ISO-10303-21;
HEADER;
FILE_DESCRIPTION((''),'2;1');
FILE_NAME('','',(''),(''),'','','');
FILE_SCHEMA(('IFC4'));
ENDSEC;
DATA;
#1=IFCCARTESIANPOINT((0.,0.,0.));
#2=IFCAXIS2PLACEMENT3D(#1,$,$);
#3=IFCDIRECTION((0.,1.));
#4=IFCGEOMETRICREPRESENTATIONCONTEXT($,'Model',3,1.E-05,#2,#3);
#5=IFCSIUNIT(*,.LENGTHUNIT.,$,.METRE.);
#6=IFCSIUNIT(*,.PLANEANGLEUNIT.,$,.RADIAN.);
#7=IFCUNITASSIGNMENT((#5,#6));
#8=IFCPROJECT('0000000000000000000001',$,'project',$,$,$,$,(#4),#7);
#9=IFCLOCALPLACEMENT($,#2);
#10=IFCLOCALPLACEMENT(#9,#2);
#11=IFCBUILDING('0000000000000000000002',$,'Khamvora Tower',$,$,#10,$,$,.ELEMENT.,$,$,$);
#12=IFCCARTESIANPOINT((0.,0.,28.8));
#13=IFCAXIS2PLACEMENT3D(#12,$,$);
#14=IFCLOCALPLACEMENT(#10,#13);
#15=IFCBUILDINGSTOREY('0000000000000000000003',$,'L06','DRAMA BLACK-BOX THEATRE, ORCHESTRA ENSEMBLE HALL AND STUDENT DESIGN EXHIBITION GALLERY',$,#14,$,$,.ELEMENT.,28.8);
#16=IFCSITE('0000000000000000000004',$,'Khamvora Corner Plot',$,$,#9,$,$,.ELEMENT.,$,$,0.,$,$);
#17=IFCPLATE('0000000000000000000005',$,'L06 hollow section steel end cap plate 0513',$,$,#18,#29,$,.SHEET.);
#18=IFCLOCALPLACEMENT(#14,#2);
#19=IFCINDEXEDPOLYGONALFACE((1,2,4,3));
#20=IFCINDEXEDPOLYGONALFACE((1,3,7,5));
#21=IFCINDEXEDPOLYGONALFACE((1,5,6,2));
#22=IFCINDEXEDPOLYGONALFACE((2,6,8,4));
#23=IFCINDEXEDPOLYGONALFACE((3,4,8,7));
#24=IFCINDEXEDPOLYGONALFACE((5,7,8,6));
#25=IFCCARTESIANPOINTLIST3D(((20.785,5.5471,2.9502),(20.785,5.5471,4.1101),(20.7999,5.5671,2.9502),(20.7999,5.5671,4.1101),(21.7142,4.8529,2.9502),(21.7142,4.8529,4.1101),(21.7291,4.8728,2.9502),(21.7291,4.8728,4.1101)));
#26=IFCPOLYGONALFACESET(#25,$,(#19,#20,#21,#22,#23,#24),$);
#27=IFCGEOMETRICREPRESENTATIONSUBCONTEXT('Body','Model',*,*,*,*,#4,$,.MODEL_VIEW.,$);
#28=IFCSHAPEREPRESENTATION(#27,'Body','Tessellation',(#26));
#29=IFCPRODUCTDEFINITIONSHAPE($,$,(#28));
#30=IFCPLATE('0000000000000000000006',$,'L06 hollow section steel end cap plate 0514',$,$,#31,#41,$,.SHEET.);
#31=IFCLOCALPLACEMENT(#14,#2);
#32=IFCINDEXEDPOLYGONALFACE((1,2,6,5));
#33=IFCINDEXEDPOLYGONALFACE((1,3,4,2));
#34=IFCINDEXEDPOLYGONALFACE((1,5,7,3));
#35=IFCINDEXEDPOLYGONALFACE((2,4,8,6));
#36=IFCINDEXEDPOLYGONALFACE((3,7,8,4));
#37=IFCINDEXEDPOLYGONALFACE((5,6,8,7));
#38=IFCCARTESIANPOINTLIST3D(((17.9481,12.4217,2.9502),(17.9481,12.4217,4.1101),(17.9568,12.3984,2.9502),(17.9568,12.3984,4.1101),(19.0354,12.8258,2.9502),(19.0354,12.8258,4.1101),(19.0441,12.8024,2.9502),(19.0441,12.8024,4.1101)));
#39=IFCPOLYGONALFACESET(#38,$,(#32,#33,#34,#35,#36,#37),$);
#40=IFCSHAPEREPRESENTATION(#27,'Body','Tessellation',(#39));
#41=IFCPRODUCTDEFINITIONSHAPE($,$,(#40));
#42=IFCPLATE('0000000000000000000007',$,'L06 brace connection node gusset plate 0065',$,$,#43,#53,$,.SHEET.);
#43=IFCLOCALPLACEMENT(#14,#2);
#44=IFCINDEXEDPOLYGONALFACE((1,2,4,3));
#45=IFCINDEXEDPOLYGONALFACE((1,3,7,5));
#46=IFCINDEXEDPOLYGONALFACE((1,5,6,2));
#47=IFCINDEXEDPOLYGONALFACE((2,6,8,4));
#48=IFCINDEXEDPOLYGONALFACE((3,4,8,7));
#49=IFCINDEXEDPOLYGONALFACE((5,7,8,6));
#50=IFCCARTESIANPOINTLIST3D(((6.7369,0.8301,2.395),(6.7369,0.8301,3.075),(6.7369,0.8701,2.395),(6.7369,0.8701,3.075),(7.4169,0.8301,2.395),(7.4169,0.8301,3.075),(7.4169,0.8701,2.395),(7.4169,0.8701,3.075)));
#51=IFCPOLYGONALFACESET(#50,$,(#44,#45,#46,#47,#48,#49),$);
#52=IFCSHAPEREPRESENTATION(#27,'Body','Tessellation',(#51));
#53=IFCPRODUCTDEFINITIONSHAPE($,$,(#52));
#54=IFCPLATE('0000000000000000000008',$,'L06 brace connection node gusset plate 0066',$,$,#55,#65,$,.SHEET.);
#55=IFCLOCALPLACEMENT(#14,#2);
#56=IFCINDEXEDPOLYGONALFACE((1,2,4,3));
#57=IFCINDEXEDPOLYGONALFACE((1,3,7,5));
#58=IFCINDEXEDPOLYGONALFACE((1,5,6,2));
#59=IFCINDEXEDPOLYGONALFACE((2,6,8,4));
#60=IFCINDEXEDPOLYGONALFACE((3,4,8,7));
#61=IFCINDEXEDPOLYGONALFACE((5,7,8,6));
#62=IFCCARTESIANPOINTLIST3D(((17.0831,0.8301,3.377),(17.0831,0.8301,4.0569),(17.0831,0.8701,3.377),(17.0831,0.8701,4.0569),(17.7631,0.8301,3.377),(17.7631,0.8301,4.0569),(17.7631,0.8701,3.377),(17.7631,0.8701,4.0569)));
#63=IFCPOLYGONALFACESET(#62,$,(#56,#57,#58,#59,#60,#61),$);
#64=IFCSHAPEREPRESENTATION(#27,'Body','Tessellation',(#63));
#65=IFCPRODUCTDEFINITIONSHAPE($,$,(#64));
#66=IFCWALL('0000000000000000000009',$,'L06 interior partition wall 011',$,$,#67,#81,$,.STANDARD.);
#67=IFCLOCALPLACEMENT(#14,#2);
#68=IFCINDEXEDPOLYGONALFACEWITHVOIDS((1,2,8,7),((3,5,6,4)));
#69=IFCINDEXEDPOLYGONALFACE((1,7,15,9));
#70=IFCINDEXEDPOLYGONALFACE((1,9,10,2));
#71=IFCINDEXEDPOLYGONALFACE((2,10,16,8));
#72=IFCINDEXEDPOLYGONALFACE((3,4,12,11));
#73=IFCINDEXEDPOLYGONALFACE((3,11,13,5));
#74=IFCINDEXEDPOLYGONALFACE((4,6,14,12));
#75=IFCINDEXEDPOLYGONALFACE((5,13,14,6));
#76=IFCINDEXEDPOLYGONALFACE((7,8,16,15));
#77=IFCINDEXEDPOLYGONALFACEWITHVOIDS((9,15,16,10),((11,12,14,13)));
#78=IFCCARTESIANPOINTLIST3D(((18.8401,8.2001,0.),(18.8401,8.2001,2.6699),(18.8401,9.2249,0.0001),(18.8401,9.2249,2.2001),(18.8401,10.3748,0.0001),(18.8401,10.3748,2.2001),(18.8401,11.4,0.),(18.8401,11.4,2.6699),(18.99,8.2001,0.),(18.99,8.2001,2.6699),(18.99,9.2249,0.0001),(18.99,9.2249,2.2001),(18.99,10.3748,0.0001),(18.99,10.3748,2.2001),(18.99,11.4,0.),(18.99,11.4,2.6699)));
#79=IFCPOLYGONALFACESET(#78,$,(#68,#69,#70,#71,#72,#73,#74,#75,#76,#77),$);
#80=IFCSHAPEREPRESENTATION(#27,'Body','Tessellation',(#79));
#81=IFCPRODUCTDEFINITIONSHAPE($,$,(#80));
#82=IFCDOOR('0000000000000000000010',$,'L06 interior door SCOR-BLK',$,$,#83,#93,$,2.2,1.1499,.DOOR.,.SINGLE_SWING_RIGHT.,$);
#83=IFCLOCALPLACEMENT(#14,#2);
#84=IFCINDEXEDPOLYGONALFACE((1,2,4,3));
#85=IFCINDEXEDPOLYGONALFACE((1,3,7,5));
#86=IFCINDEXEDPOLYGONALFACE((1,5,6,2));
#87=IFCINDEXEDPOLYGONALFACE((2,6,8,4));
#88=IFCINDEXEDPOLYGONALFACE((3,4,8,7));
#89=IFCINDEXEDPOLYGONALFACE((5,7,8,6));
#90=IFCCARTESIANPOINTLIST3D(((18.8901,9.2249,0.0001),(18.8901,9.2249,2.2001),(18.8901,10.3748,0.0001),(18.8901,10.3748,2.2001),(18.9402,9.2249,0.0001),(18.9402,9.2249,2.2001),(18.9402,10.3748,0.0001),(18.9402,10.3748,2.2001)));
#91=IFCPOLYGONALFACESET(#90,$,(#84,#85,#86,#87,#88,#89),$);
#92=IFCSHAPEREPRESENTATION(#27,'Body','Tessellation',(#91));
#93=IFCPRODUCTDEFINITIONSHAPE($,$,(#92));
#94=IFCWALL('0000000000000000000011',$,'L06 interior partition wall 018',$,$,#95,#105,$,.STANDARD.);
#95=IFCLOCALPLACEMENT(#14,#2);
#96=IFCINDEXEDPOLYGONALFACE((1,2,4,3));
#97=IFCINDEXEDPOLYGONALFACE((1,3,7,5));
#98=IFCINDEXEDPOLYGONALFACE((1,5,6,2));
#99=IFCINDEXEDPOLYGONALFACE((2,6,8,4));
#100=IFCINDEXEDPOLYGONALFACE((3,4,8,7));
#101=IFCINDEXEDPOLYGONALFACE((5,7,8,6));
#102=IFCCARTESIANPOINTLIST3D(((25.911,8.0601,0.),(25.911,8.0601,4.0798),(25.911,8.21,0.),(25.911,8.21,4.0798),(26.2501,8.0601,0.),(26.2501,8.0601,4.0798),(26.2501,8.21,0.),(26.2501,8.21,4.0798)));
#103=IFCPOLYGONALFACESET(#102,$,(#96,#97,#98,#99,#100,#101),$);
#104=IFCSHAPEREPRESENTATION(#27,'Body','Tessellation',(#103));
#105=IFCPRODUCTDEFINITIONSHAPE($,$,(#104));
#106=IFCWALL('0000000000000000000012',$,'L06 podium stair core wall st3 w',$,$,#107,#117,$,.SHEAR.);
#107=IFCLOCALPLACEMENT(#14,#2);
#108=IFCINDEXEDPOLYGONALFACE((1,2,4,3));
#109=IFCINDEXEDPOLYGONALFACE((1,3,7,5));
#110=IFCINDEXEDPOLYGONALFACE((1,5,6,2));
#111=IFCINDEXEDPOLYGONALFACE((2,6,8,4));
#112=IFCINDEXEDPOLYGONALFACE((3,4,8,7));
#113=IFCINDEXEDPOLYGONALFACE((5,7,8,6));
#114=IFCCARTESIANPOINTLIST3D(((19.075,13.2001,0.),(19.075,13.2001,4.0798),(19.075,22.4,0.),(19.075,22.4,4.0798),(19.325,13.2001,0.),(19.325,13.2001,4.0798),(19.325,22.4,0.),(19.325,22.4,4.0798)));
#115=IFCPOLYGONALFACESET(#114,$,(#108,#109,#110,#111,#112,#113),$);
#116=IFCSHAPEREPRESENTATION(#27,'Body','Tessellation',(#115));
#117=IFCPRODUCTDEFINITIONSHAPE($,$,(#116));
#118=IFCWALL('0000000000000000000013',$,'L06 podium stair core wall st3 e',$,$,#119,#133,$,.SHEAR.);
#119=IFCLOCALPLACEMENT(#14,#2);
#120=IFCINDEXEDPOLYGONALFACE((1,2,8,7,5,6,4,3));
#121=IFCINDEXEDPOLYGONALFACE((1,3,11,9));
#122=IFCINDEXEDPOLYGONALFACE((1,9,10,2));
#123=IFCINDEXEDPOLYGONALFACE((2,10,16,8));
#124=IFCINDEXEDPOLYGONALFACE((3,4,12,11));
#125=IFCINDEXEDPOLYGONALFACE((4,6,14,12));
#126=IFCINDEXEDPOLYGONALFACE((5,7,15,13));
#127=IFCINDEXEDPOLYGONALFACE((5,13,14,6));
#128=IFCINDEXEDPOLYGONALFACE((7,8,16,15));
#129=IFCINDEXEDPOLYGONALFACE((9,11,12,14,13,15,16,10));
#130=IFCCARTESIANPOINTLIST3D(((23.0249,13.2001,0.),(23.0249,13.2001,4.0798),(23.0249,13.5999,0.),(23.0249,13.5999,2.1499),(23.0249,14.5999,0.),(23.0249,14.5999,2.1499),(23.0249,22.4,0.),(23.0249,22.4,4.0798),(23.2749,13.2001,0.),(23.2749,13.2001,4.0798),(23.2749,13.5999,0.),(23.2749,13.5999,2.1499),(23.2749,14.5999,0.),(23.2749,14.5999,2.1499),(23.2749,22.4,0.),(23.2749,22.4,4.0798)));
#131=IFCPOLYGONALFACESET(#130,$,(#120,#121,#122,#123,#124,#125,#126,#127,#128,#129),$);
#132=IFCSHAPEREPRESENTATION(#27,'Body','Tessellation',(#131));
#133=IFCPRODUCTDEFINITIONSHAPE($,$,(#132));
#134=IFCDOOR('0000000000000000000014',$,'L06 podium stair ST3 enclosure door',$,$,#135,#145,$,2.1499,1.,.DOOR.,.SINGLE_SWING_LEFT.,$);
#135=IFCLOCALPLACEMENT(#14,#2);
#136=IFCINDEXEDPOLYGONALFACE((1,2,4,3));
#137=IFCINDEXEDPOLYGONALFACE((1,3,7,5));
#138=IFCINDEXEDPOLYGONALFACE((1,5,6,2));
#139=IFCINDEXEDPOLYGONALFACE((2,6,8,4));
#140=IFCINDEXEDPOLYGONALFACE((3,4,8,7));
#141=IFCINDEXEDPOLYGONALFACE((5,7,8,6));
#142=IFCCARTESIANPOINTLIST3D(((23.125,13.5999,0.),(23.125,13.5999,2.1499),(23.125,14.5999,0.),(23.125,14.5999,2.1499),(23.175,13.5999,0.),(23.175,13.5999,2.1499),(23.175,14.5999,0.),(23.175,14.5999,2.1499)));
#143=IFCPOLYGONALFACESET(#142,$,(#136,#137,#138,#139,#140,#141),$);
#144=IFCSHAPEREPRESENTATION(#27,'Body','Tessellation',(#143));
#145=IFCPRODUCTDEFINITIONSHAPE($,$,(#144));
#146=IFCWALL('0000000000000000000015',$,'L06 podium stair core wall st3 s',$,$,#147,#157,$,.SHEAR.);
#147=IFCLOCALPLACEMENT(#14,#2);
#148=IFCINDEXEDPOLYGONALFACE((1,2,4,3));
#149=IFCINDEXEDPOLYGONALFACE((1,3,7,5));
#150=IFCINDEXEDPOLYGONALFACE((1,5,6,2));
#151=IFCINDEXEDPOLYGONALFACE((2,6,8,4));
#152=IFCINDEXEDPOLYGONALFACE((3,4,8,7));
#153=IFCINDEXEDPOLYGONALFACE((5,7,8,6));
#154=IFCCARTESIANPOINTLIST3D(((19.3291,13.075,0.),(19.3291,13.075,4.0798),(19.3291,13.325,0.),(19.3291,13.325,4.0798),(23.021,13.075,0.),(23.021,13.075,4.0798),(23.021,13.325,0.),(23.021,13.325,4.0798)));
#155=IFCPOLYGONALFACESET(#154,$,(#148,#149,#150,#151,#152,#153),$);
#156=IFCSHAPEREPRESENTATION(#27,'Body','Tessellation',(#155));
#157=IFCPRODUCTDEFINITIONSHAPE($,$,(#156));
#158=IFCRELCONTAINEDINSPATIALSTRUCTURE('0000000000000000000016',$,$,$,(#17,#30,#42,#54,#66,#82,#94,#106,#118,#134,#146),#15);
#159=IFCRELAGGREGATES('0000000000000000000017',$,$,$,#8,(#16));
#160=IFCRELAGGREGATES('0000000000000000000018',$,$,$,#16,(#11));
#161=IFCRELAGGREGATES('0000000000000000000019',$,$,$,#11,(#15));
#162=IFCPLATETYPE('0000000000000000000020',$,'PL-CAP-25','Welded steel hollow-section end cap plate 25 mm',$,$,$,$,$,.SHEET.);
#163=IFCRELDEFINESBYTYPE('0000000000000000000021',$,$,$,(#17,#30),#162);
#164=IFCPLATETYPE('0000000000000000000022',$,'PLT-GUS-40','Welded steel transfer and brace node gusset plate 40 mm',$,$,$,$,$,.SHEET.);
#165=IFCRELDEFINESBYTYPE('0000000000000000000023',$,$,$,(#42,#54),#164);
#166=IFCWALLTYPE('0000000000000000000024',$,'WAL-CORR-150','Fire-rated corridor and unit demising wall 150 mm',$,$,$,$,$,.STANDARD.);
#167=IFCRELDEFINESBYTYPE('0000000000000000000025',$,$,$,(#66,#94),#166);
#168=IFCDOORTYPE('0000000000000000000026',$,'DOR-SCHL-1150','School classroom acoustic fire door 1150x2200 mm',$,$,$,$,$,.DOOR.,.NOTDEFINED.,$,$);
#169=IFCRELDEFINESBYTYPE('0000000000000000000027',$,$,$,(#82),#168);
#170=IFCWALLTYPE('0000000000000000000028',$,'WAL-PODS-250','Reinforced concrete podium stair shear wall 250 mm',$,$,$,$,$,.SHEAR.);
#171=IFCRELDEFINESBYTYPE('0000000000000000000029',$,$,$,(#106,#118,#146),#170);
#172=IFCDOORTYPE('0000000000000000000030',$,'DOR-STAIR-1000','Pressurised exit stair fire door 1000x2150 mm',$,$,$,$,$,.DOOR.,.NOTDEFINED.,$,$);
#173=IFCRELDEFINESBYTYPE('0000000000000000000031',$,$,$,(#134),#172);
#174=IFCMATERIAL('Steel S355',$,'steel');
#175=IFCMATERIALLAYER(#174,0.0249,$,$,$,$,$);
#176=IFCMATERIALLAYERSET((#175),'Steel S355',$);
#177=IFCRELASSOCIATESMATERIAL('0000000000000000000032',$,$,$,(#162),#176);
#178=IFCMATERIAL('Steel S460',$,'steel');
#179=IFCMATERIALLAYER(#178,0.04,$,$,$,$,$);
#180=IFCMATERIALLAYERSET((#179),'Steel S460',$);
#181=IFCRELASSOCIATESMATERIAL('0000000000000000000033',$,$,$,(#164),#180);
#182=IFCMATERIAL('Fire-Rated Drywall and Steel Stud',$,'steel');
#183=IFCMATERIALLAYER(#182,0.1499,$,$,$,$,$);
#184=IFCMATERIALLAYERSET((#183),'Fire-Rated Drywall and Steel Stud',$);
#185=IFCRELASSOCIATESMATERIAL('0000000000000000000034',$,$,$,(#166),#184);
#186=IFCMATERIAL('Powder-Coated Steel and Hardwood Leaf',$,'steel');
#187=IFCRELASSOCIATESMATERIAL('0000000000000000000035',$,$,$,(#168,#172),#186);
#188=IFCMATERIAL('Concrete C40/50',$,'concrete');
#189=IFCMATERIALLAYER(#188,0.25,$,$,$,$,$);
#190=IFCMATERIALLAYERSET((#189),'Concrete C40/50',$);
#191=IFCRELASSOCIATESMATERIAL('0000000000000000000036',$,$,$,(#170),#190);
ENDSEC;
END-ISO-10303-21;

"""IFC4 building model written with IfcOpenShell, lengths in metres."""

from ifc_helpers import new_model, si_unit, direction, frame, frame_2d, origin, origin_2d, place, context, subcontext, project, spatial, rectangle, extrude, material, layer, layer_set, type_object, element, fill, save


model = new_model("IFC4")

# Units and contexts
model_context = context("Model", 3, precision=1e-05, world=origin(), true_north=direction((0.0, 1.0)))
body_context = subcontext(model_context, "Body", "Model", "MODEL_VIEW")
ifc_project = project(units=[si_unit("LENGTHUNIT", "METRE"), si_unit("PLANEANGLEUNIT", "RADIAN")], contexts=[model_context])

# Site, building, storey
site_placement = place(None, origin())
site = spatial("IfcSite", under=ifc_project, at=site_placement, Name="Khamvora Corner Plot", CompositionType="ELEMENT", RefElevation=0.0)
building_placement = place(site_placement, origin())
building = spatial("IfcBuilding", under=site, at=building_placement, Name="Khamvora Tower", CompositionType="ELEMENT")
storey_placement = place(building_placement, frame((0.0, 0.0, 28.8)))
storey = spatial("IfcBuildingStorey", under=building, at=storey_placement, Name="L06", Description="DRAMA BLACK-BOX THEATRE, ORCHESTRA ENSEMBLE HALL AND STUDENT DESIGN EXHIBITION GALLERY", CompositionType="ELEMENT", Elevation=28.8)

# Shared definitions
ifc_material_1 = material(Name="Steel S460", Category="steel")

# Plates
ifc_material_2 = material(Name="Steel S355", Category="steel")
ifc_layer_1 = layer(ifc_material_2, 0.0249)
ifc_layer_set_1 = layer_set([ifc_layer_1], Name="Steel S355")
plate_type_1 = type_object("IfcPlateType", Name="PL-CAP-25", Description="Welded steel hollow-section end cap plate 25 mm", PredefinedType="SHEET", material=ifc_layer_set_1)
for number, where, z_axis, x_axis, name in (
    (1, (21.2571, 5.21, 2.9502), (0.0, 0.0, 1.0), (0.59852, 0.801108, 0.0), "L06 hollow section steel end cap plate 0513"),
    (2, (18.4961, 12.6121, 2.9502), (0.0, 0.0, 1.0), (0.348343, -0.937367, 0.0), "L06 hollow section steel end cap plate 0514"),
):
    element("IfcPlate", number, at=place(storey_placement, frame(where, z_axis=z_axis, x_axis=x_axis)), inside=storey, type_object=plate_type_1, Name=name, PredefinedType="SHEET", context=body_context, shape_type="SweptSolid", body=[
        extrude(rectangle(XDim=0.0249, YDim=1.1599, at=origin_2d()), origin(), (0.0, 0.0, 1.0), 1.1599),
    ])
ifc_layer_2 = layer(ifc_material_1, 0.04)
ifc_layer_set_2 = layer_set([ifc_layer_2], Name="Steel S460")
plate_type_2 = type_object("IfcPlateType", Name="PLT-GUS-40", Description="Welded steel transfer and brace node gusset plate 40 mm", PredefinedType="SHEET", material=ifc_layer_set_2)
for number, where, z_axis, x_axis, name in (
    (3, (7.0769, 0.8501, 2.395), (0.0, 0.0, 1.0), (1.0, 0.0, 0.0), "L06 brace connection node gusset plate 0065"),
    (4, (17.4231, 0.8501, 3.377), (0.0, 0.0, 1.0), (1.0, 0.0, 0.0), "L06 brace connection node gusset plate 0066"),
):
    element("IfcPlate", number, at=place(storey_placement, frame(where, z_axis=z_axis, x_axis=x_axis)), inside=storey, type_object=plate_type_2, Name=name, PredefinedType="SHEET", context=body_context, shape_type="SweptSolid", body=[
        extrude(rectangle(XDim=0.6799, YDim=0.04, at=origin_2d()), origin(), (0.0, 0.0, 1.0), 0.6799),
    ])

# Wall, opening, door
ifc_material_3 = material(Name="Fire-Rated Drywall and Steel Stud", Category="steel")
ifc_layer_3 = layer(ifc_material_3, 0.1499)
ifc_layer_set_3 = layer_set([ifc_layer_3], Name="Fire-Rated Drywall and Steel Stud")
wall_type_1 = type_object("IfcWallType", Name="WAL-CORR-150", Description="Fire-rated corridor and unit demising wall 150 mm", PredefinedType="STANDARD", material=ifc_layer_set_3)
wall_1_placement = place(storey_placement, frame((18.915, 8.2, 0.0), z_axis=(0.0, 0.0, 1.0), x_axis=(0.0, 1.0, 0.0)))
wall_1 = element("IfcWall", 5, at=wall_1_placement, inside=storey, type_object=wall_type_1, Name="L06 interior partition wall 011", PredefinedType="STANDARD", context=body_context, shape_type="SweptSolid", body=[
    extrude(rectangle(XDim=3.2, YDim=0.1499, at=frame_2d((1.6001, 0.0))), origin(), (0.0, 0.0, 1.0), 2.6699),
])
opening_1_placement = place(wall_1_placement, frame((1.0249, 0.0, 0.0)))
opening_1 = element("IfcOpeningElement", 6, at=opening_1_placement, cuts=wall_1, PredefinedType="OPENING", context=body_context, shape_type="SweptSolid", body=[
    extrude(rectangle(XDim=1.1499, YDim=2.2, at=frame_2d((0.575, 1.1001))), frame((0.0, 0.085, 0.0), z_axis=(0.0, -1.0, 0.0), x_axis=(1.0, 0.0, 0.0)), (0.0, 0.0, 1.0), 0.1699),
])
ifc_material_4 = material(Name="Powder-Coated Steel and Hardwood Leaf", Category="steel")
door_type_1 = type_object("IfcDoorType", Name="DOR-SCHL-1150", Description="School classroom acoustic fire door 1150x2200 mm", OperationType="NOTDEFINED", PredefinedType="DOOR", material=ifc_material_4)
door_1_placement = place(opening_1_placement, origin())
door_1 = element("IfcDoor", 7, at=door_1_placement, inside=storey, type_object=door_type_1, Name="L06 interior door SCOR-BLK", OperationType="SINGLE_SWING_RIGHT", OverallHeight=2.2, OverallWidth=1.1499, PredefinedType="DOOR", context=body_context, shape_type="SweptSolid", body=[
    extrude(rectangle(XDim=1.1499, YDim=2.2, at=frame_2d((0.575, 1.1001))), frame((0.0, 0.0249, 0.0), z_axis=(0.0, -1.0, 0.0), x_axis=(1.0, 0.0, 0.0)), (0.0, 0.0, 1.0), 0.05),
])
fill(opening_1, door_1)

# Walls
wall_2_placement = place(storey_placement, frame((26.25, 8.135, 0.0), z_axis=(0.0, 0.0, 1.0), x_axis=(-1.0, 0.0, 0.0)))
element("IfcWall", 8, at=wall_2_placement, inside=storey, type_object=wall_type_1, Name="L06 interior partition wall 018", PredefinedType="STANDARD", context=body_context, shape_type="SweptSolid", body=[
    extrude(rectangle(XDim=0.3391, YDim=0.1499, at=frame_2d((0.1694, 0.0))), origin(), (0.0, 0.0, 1.0), 4.0798),
])
ifc_material_5 = material(Name="Concrete C40/50", Category="concrete")
ifc_layer_4 = layer(ifc_material_5, 0.25)
ifc_layer_set_4 = layer_set([ifc_layer_4], Name="Concrete C40/50")
wall_type_2 = type_object("IfcWallType", Name="WAL-PODS-250", Description="Reinforced concrete podium stair shear wall 250 mm", PredefinedType="SHEAR", material=ifc_layer_set_4)
wall_3_placement = place(storey_placement, frame((19.2, 13.2, 0.0), z_axis=(0.0, 0.0, 1.0), x_axis=(0.0, 1.0, 0.0)))
element("IfcWall", 9, at=wall_3_placement, inside=storey, type_object=wall_type_2, Name="L06 podium stair core wall st3 w", PredefinedType="SHEAR", context=body_context, shape_type="SweptSolid", body=[
    extrude(rectangle(XDim=9.2, YDim=0.25, at=frame_2d((4.6001, 0.0))), origin(), (0.0, 0.0, 1.0), 4.0798),
])

# Wall, opening, door
wall_4_placement = place(storey_placement, frame((23.1499, 13.2, 0.0), z_axis=(0.0, 0.0, 1.0), x_axis=(0.0, 1.0, 0.0)))
wall_4 = element("IfcWall", 10, at=wall_4_placement, inside=storey, type_object=wall_type_2, Name="L06 podium stair core wall st3 e", PredefinedType="SHEAR", context=body_context, shape_type="SweptSolid", body=[
    extrude(rectangle(XDim=9.2, YDim=0.25, at=frame_2d((4.6001, 0.0))), origin(), (0.0, 0.0, 1.0), 4.0798),
])
opening_2_placement = place(wall_4_placement, frame((0.3999, 0.0, 0.0)))
opening_2 = element("IfcOpeningElement", 11, at=opening_2_placement, cuts=wall_4, PredefinedType="OPENING", context=body_context, shape_type="SweptSolid", body=[
    extrude(rectangle(XDim=1.0, YDim=2.1499, at=frame_2d((0.5, 1.075))), frame((0.0, 0.135, 0.0), z_axis=(0.0, -1.0, 0.0), x_axis=(1.0, 0.0, 0.0)), (0.0, 0.0, 1.0), 0.27),
])
door_type_2 = type_object("IfcDoorType", Name="DOR-STAIR-1000", Description="Pressurised exit stair fire door 1000x2150 mm", OperationType="NOTDEFINED", PredefinedType="DOOR", material=ifc_material_4)
door_2_placement = place(opening_2_placement, origin())
door_2 = element("IfcDoor", 12, at=door_2_placement, inside=storey, type_object=door_type_2, Name="L06 podium stair ST3 enclosure door", OperationType="SINGLE_SWING_LEFT", OverallHeight=2.1499, OverallWidth=1.0, PredefinedType="DOOR", context=body_context, shape_type="SweptSolid", body=[
    extrude(rectangle(XDim=1.0, YDim=2.1499, at=frame_2d((0.5, 1.075))), frame((0.0, 0.0249, 0.0), z_axis=(0.0, -1.0, 0.0), x_axis=(1.0, 0.0, 0.0)), (0.0, 0.0, 1.0), 0.05),
])
fill(opening_2, door_2)

# Wall
wall_5_placement = place(storey_placement, frame((19.3291, 13.2, 0.0), z_axis=(0.0, 0.0, 1.0), x_axis=(1.0, 0.0, 0.0)))
element("IfcWall", 13, at=wall_5_placement, inside=storey, type_object=wall_type_2, Name="L06 podium stair core wall st3 s", PredefinedType="SHEAR", context=body_context, shape_type="SweptSolid", body=[
    extrude(rectangle(XDim=3.6919, YDim=0.25, at=frame_2d((1.8459, 0.0))), origin(), (0.0, 0.0, 1.0), 4.0798),
])

save(model, "model.ifc")
